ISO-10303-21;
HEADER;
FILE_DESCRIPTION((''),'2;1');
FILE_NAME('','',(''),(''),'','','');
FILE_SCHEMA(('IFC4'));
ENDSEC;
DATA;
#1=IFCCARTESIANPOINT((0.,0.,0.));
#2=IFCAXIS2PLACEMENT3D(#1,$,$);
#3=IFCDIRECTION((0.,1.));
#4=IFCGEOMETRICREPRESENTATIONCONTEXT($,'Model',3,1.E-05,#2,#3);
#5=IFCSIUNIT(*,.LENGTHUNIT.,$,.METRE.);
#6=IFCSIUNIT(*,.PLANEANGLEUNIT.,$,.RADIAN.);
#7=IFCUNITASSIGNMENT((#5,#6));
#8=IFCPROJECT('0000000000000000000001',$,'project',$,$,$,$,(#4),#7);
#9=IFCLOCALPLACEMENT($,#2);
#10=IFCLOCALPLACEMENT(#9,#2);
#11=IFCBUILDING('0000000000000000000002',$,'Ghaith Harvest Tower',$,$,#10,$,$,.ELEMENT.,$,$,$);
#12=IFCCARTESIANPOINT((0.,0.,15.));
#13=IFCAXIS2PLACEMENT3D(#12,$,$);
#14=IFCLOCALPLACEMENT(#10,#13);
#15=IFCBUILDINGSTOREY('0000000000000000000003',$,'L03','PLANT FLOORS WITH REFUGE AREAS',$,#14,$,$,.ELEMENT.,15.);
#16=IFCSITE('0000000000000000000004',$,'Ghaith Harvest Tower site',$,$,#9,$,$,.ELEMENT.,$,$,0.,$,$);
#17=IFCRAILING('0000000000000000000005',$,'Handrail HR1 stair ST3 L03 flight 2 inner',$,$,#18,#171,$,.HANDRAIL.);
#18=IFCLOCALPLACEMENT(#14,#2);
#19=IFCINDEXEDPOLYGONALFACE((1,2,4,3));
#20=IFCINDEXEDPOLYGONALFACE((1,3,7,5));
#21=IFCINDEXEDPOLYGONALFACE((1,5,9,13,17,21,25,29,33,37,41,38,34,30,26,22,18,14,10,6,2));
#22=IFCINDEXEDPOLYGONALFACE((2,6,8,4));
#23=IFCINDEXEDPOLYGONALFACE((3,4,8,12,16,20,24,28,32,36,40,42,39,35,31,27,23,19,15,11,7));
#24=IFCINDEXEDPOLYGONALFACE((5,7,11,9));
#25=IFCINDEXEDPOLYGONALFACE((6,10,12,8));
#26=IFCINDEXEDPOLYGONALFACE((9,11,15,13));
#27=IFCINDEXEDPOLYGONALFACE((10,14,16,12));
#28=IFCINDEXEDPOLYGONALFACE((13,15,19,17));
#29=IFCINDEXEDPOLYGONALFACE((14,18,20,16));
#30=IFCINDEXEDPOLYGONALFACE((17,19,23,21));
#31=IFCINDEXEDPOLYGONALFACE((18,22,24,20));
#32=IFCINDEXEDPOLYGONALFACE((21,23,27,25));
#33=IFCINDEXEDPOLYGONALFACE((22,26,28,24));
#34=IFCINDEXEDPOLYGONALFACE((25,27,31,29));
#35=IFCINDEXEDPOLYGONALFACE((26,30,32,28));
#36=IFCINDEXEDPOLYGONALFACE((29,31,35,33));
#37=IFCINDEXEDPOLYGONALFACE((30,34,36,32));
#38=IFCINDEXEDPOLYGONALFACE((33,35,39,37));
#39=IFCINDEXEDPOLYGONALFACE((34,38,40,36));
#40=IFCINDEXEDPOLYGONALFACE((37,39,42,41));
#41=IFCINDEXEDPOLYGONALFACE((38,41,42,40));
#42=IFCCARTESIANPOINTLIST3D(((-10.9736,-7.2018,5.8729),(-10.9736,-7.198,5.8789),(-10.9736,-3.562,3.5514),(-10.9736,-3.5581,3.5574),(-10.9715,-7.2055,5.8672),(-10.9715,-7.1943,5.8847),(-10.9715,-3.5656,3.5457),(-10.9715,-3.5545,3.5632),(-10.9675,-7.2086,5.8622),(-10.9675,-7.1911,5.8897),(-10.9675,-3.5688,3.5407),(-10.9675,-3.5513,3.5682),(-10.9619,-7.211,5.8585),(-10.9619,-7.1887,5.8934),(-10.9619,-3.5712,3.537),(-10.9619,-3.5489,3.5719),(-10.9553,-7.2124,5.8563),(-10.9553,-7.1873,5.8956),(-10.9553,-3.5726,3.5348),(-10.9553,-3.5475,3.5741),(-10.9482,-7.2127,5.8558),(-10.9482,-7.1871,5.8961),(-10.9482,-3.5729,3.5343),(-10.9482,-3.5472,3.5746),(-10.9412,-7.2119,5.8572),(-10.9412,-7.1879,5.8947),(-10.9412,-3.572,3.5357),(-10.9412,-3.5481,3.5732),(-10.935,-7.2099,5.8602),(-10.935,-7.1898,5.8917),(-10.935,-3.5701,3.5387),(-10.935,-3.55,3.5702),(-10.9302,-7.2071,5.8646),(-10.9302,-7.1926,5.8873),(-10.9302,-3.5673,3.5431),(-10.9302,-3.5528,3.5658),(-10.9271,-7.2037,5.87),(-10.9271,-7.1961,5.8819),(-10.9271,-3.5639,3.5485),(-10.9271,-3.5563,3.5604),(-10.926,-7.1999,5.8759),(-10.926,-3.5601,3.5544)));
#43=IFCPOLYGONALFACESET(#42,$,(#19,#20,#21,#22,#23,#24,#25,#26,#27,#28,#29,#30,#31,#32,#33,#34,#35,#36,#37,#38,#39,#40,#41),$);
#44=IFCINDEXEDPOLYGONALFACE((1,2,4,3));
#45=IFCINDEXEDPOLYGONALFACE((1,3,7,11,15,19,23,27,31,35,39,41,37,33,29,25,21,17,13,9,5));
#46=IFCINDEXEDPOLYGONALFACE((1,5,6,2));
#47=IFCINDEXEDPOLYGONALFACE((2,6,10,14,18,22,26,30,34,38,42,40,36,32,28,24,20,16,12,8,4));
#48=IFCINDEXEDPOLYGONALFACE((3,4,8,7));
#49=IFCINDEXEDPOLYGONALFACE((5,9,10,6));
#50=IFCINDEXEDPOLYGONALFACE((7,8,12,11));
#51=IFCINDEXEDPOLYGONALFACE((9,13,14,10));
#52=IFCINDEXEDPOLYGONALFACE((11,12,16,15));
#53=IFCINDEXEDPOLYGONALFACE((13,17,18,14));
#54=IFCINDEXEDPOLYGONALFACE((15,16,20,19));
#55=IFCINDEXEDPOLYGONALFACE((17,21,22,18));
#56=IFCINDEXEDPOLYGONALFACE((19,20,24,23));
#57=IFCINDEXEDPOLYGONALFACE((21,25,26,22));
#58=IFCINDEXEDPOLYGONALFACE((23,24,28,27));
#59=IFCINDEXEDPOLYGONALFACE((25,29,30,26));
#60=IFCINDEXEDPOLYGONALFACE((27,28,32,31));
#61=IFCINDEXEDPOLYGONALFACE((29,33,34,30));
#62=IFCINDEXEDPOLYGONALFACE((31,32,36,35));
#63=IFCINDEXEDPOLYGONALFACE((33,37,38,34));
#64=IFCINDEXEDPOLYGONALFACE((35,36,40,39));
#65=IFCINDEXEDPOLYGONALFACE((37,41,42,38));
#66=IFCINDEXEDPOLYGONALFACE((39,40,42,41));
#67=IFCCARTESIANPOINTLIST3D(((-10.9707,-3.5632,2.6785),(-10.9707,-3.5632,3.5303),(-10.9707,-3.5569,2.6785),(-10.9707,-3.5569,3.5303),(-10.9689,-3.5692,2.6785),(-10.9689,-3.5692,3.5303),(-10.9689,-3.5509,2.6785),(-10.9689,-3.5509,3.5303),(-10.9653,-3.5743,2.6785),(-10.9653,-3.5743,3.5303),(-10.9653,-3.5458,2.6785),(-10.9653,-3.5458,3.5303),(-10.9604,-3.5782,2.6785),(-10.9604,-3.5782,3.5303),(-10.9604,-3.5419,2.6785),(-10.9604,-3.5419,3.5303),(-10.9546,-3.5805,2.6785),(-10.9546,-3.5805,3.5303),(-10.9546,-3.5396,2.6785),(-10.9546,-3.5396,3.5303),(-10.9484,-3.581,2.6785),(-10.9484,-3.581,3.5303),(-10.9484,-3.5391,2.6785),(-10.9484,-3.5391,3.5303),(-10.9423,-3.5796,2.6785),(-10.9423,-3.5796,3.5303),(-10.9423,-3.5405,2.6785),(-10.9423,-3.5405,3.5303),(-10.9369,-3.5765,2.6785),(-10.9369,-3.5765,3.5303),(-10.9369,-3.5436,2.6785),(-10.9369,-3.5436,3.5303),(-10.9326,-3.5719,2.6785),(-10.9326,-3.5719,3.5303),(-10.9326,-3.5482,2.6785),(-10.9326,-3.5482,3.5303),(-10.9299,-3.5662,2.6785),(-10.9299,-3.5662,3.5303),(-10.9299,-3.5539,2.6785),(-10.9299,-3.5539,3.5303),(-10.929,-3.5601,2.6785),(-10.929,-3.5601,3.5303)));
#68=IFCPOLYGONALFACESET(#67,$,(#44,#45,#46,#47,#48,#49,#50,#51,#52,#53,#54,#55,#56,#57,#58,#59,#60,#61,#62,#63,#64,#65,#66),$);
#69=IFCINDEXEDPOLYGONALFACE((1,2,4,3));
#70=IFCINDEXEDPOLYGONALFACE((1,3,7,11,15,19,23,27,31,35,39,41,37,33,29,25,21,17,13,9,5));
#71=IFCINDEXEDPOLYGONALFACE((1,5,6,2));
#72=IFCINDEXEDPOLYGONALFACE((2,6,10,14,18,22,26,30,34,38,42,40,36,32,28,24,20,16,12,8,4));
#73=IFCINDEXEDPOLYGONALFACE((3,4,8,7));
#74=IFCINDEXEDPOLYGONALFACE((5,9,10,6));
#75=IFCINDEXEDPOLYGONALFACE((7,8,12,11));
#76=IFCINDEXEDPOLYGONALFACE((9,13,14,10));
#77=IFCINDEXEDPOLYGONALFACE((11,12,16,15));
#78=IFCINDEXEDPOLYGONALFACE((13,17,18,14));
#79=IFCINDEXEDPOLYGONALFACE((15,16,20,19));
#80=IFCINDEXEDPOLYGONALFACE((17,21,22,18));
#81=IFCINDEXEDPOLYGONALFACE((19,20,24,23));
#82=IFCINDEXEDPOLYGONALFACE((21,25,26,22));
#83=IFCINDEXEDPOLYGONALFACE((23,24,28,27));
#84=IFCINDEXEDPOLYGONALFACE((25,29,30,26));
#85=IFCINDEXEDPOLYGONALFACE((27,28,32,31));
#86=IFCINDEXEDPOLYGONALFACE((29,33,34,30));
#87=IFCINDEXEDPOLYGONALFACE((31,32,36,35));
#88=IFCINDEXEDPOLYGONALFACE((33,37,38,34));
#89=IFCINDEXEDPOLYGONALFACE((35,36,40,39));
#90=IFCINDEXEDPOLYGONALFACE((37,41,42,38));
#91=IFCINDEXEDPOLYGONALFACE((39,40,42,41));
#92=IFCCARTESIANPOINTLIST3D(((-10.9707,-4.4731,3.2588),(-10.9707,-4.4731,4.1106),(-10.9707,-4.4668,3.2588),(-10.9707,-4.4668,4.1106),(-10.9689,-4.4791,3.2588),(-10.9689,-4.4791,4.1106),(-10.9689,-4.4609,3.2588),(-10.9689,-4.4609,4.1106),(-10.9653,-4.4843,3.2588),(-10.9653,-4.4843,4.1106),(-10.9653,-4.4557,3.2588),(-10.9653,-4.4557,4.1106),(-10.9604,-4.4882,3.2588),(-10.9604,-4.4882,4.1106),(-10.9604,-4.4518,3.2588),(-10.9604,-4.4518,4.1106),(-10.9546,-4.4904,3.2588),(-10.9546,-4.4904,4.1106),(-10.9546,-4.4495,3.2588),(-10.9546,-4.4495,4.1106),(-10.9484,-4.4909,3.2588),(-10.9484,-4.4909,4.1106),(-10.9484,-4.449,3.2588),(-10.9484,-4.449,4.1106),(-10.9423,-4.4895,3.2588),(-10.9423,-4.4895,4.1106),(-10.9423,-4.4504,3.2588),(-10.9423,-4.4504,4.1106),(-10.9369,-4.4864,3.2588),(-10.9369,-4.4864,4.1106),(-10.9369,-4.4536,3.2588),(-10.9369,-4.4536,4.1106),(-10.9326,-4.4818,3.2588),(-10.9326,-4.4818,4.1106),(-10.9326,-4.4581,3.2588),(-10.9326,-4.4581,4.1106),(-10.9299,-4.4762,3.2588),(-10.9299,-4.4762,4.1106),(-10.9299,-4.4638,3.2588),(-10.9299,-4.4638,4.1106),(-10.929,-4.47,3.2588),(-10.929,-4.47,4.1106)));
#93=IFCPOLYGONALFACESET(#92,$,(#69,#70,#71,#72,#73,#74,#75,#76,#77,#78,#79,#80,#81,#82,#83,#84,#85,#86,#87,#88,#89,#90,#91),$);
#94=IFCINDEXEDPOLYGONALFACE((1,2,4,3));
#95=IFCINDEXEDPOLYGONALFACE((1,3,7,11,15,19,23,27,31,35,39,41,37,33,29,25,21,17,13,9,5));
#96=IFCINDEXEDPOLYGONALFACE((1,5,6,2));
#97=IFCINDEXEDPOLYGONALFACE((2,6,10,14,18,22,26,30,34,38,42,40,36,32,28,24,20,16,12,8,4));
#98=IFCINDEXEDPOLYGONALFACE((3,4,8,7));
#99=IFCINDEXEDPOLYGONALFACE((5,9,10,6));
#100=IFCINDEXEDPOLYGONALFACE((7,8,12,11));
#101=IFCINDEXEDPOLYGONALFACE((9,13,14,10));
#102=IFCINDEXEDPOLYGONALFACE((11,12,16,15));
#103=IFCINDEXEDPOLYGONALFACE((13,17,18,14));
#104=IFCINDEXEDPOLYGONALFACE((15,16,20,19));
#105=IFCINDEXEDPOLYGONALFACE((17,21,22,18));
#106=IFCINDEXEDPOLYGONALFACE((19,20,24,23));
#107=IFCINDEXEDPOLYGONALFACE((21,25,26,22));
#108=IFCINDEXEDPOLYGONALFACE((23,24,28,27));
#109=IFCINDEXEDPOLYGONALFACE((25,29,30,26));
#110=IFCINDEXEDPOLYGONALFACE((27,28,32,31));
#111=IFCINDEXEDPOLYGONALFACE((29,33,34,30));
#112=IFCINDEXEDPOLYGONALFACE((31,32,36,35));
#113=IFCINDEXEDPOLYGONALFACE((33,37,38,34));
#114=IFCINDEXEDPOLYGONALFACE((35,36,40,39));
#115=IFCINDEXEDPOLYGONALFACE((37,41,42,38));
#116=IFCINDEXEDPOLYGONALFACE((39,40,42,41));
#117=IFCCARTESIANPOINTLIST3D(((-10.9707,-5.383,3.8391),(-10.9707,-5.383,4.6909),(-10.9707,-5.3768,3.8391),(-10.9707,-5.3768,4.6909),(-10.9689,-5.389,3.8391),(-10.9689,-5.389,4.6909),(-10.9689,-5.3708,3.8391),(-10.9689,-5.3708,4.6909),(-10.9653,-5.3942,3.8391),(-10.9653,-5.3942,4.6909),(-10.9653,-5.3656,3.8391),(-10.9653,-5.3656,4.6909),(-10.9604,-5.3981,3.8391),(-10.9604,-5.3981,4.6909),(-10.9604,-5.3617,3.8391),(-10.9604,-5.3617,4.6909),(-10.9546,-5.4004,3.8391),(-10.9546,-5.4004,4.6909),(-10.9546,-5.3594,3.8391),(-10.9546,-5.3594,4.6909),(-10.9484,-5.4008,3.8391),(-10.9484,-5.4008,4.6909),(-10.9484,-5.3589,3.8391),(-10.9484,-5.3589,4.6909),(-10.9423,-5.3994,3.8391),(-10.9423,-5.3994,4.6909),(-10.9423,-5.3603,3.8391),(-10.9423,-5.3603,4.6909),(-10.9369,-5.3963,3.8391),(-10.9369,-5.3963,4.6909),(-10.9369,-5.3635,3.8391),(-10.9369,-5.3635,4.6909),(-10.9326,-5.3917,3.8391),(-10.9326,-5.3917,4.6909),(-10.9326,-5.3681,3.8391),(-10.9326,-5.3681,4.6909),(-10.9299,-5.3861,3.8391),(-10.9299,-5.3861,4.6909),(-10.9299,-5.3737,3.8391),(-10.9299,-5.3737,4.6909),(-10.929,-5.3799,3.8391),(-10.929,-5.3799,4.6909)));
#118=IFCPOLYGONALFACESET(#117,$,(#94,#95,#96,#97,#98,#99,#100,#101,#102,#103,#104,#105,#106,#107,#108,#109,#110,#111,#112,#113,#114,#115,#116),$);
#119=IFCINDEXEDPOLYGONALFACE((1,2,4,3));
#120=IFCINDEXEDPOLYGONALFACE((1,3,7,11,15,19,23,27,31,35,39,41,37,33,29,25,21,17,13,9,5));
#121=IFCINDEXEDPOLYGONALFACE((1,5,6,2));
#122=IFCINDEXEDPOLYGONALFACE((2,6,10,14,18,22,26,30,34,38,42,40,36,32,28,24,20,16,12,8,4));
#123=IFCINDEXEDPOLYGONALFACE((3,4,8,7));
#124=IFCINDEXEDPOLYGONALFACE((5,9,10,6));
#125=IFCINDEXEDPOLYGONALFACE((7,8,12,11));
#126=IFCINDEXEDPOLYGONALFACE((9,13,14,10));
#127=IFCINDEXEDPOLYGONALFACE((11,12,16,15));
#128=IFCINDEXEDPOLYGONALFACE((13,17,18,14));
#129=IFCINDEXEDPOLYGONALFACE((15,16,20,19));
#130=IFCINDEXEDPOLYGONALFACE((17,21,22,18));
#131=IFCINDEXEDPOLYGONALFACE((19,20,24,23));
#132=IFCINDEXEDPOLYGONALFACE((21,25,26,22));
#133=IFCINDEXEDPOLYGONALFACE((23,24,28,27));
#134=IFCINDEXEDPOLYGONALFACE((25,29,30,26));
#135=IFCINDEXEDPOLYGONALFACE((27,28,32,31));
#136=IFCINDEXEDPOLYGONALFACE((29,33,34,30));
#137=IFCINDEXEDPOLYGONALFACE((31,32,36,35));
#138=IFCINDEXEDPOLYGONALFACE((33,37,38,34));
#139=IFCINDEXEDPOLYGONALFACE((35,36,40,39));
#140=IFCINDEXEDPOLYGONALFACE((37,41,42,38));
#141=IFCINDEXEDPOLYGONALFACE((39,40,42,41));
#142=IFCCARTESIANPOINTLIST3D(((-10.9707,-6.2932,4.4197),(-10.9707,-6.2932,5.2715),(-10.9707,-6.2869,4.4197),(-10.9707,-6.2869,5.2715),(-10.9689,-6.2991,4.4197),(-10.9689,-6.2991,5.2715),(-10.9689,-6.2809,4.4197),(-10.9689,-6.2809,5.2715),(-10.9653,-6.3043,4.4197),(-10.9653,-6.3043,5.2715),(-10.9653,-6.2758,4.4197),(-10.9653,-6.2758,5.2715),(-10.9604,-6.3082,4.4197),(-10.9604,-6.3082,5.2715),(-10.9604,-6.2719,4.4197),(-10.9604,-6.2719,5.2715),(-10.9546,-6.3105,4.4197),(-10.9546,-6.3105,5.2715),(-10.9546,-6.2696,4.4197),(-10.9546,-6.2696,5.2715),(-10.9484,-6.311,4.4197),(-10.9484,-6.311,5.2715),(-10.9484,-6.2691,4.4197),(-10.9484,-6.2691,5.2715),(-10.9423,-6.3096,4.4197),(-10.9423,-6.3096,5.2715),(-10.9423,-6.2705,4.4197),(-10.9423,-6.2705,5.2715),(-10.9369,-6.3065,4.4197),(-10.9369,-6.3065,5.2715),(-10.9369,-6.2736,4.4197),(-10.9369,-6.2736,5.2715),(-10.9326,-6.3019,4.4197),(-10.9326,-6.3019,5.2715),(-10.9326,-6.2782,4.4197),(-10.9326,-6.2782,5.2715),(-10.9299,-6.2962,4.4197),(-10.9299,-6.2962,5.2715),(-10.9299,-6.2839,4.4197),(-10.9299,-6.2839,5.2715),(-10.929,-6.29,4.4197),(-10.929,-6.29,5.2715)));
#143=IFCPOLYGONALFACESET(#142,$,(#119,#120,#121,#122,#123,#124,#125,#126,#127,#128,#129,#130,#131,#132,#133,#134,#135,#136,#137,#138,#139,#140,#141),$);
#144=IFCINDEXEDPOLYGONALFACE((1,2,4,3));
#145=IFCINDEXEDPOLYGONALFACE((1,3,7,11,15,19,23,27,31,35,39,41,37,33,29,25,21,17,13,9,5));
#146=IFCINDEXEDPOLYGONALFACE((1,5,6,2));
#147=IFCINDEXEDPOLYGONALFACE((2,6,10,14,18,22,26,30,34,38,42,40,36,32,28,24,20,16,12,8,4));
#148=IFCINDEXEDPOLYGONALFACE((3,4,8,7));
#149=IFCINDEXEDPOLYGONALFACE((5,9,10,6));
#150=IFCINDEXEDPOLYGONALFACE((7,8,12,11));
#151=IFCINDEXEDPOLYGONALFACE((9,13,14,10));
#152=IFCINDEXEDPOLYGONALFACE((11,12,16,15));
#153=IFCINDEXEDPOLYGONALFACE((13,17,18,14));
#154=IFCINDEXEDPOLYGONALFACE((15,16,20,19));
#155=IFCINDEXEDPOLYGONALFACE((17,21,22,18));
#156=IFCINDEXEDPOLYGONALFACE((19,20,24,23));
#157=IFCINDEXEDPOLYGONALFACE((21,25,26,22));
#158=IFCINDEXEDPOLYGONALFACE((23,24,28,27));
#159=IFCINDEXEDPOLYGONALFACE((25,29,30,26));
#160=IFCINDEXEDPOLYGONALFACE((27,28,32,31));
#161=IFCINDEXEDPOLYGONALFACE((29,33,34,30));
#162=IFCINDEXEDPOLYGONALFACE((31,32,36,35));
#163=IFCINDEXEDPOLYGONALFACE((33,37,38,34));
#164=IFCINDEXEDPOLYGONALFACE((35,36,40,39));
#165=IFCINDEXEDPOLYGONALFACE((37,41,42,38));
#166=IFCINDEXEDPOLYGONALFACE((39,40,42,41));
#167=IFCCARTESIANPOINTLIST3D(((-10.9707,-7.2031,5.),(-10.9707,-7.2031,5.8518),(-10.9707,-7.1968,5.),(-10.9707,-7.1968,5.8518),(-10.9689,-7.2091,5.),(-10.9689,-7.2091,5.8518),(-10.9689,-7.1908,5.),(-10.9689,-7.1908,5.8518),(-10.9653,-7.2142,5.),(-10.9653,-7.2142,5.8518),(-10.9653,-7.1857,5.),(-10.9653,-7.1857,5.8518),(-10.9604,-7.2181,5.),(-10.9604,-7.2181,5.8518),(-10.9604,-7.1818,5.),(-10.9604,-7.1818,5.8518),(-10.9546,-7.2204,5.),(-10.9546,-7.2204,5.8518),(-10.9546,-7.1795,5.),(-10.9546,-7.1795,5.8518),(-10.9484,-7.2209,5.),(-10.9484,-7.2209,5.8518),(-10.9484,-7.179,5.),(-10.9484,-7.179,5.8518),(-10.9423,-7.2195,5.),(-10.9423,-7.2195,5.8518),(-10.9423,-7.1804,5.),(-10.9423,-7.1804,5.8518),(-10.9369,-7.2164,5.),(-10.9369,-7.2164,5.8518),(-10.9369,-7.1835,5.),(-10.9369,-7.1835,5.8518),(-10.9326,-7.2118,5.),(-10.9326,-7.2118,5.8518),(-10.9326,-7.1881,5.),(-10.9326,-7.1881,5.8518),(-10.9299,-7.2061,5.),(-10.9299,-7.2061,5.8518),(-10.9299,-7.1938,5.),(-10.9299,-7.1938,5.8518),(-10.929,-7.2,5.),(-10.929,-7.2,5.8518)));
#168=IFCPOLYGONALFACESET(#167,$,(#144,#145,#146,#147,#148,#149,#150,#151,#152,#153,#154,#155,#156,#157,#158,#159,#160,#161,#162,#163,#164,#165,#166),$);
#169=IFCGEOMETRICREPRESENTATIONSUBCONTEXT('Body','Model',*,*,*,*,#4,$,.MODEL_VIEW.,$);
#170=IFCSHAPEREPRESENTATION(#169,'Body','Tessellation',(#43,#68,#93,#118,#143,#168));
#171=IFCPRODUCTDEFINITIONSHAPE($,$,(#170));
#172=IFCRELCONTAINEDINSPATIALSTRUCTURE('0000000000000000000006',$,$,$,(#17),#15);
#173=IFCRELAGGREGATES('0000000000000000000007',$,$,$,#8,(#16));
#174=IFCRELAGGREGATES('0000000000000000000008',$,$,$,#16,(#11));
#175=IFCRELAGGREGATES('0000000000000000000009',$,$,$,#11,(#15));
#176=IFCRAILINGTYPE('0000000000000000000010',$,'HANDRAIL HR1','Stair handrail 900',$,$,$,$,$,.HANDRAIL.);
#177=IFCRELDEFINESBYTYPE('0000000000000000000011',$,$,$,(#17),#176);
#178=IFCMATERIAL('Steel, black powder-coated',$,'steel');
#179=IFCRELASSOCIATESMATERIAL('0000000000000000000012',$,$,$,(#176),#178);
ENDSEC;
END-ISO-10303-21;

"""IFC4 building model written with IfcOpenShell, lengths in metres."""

from ifc_helpers import new_model, si_unit, direction, frame, origin, origin_2d, place, context, subcontext, project, spatial, circle, extrude, material, type_object, element, save


model = new_model("IFC4")

# Units and contexts
model_context = context("Model", 3, precision=1e-05, world=origin(), true_north=direction((0.0, 1.0)))
body_context = subcontext(model_context, "Body", "Model", "MODEL_VIEW")
ifc_project = project(units=[si_unit("LENGTHUNIT", "METRE"), si_unit("PLANEANGLEUNIT", "RADIAN")], contexts=[model_context])

# Site, building, storey
site_placement = place(None, origin())
site = spatial("IfcSite", under=ifc_project, at=site_placement, Name="Ghaith Harvest Tower site", CompositionType="ELEMENT", RefElevation=0.0)
building_placement = place(site_placement, origin())
building = spatial("IfcBuilding", under=site, at=building_placement, Name="Ghaith Harvest Tower", CompositionType="ELEMENT")
storey_placement = place(building_placement, frame((0.0, 0.0, 15.0)))
storey = spatial("IfcBuildingStorey", under=building, at=storey_placement, Name="L03", Description="PLANT FLOORS WITH REFUGE AREAS", CompositionType="ELEMENT", Elevation=15.0)

# Railing
ifc_material_1 = material(Name="Steel, black powder-coated", Category="steel")
railing_type = type_object("IfcRailingType", Name="HANDRAIL HR1", Description="Stair handrail 900", PredefinedType="HANDRAIL", material=ifc_material_1)
railing_1_placement = place(storey_placement, frame((-10.95, -3.5601, 2.6785)))
element("IfcRailing", 1, at=railing_1_placement, inside=storey, type_object=railing_type, Name="Handrail HR1 stair ST3 L03 flight 2 inner", PredefinedType="HANDRAIL", context=body_context, shape_type="SweptSolid", body=[
    extrude(circle(Radius=0.0239, at=origin_2d()), frame((0.0, 0.0, 0.876), z_axis=(0.0, -0.843112, 0.537739), x_axis=(1.0, 0.0, 0.0)), (0.0, 0.0, 1.0), 4.3171),
    extrude(circle(Radius=0.021, at=origin_2d()), origin(), (0.0, 0.0, 1.0), 0.8518),
    extrude(circle(Radius=0.021, at=origin_2d()), frame((0.0, -0.9099, 0.5803)), (0.0, 0.0, 1.0), 0.8518),
    extrude(circle(Radius=0.021, at=origin_2d()), frame((0.0, -1.8198, 1.1606)), (0.0, 0.0, 1.0), 0.8518),
    extrude(circle(Radius=0.021, at=origin_2d()), frame((0.0, -2.73, 1.7412)), (0.0, 0.0, 1.0), 0.8518),
    extrude(circle(Radius=0.021, at=origin_2d()), frame((0.0, -3.6399, 2.3215)), (0.0, 0.0, 1.0), 0.8518),
])

save(model, "model.ifc")
